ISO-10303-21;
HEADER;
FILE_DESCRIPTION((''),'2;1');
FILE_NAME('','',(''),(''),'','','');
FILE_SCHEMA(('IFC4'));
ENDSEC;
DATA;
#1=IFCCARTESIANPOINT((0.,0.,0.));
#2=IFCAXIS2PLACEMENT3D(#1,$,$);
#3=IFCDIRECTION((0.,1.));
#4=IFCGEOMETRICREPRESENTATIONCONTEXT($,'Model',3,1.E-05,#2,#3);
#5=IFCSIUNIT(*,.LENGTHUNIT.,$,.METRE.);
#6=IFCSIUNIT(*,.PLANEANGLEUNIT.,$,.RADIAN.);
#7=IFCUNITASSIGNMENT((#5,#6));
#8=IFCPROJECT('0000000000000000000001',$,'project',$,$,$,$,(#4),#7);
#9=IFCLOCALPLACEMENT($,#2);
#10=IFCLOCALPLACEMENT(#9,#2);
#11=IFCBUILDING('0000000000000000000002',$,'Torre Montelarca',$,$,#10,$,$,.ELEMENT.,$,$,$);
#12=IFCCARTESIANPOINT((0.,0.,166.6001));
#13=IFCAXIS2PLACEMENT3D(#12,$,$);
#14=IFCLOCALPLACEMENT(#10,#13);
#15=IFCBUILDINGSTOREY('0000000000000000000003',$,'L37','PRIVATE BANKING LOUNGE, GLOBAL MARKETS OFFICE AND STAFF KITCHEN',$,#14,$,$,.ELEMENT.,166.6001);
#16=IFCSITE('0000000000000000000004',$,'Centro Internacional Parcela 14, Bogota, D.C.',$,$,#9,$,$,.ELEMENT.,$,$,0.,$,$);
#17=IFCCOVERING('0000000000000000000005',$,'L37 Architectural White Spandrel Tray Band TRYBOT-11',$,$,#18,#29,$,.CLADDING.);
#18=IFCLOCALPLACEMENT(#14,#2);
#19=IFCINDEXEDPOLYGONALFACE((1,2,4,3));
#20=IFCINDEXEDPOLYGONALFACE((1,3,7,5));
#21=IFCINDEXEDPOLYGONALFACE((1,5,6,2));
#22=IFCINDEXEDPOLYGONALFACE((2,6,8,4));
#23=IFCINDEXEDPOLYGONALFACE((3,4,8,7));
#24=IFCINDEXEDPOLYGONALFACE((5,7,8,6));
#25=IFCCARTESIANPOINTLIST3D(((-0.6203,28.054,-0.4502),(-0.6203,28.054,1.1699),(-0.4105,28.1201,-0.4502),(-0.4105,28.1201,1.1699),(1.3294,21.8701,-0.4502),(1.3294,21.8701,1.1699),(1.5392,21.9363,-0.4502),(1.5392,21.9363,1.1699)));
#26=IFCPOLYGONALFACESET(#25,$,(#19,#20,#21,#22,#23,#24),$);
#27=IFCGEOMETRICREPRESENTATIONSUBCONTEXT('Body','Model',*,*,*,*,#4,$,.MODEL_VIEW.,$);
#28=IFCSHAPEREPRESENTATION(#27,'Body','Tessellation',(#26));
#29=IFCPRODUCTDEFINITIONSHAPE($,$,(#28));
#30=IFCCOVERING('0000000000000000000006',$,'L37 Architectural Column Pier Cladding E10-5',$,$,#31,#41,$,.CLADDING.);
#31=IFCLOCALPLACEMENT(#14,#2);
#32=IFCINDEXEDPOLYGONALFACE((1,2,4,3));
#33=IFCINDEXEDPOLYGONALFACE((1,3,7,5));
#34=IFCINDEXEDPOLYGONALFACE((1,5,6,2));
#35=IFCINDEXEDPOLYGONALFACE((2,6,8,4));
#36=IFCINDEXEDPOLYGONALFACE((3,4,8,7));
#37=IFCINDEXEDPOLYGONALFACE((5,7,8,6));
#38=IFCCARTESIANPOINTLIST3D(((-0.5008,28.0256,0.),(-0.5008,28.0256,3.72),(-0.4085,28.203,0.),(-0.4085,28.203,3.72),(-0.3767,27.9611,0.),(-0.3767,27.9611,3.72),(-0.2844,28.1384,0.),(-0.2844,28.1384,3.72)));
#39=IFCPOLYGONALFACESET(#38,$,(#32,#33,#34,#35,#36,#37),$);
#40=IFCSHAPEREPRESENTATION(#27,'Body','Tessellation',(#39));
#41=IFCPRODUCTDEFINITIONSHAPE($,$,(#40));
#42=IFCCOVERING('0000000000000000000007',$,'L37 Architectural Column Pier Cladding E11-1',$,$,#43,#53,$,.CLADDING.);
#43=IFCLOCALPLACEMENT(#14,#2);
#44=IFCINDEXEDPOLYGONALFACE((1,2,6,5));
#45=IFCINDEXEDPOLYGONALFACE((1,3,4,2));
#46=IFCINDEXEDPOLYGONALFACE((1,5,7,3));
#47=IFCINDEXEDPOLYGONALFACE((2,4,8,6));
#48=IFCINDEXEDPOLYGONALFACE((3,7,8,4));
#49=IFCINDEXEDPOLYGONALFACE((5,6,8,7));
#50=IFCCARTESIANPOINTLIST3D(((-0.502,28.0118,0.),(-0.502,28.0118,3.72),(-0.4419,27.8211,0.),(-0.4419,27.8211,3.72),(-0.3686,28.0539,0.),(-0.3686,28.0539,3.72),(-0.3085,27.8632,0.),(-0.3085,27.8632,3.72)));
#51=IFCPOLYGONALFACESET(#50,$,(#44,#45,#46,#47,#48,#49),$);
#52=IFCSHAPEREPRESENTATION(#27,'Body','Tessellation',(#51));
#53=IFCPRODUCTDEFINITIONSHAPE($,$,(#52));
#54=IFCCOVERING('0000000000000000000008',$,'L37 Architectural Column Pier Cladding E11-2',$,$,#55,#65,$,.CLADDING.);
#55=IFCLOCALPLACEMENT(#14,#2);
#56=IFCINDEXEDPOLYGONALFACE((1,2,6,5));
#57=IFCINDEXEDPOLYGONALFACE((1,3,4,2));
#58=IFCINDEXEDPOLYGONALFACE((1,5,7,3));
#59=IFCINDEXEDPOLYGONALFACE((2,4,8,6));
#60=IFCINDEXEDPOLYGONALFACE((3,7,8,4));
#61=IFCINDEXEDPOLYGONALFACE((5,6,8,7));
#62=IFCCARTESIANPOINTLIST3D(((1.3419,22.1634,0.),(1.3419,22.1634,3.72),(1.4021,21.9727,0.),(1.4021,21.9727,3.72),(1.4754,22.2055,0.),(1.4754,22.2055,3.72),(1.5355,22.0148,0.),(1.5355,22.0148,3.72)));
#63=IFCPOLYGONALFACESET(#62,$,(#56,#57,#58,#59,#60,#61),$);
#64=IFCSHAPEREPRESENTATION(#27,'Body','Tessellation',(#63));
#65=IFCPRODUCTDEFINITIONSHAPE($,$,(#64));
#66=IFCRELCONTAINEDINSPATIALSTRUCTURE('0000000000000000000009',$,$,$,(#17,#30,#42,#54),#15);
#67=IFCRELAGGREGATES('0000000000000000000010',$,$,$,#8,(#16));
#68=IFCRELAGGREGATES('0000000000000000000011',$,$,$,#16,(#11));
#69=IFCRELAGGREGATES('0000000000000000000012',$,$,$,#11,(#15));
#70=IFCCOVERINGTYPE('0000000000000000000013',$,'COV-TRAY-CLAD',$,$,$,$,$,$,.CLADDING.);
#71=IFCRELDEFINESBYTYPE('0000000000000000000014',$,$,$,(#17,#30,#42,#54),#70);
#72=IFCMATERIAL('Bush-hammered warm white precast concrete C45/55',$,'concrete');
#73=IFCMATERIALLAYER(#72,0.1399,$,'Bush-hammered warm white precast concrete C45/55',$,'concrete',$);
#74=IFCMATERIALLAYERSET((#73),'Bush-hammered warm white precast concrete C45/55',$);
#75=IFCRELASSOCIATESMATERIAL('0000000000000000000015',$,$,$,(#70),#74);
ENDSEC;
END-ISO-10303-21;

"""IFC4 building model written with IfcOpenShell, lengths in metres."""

from ifc_helpers import new_model, si_unit, direction, frame, origin, origin_2d, place, context, subcontext, project, spatial, rectangle, extrude, source, transform, mapped, material, layer, layer_set, type_object, element, save


model = new_model("IFC4")

# Units and contexts
model_context = context("Model", 3, precision=1e-05, world=origin(), true_north=direction((0.0, 1.0)))
body_context = subcontext(model_context, "Body", "Model", "MODEL_VIEW")
ifc_project = project(units=[si_unit("LENGTHUNIT", "METRE"), si_unit("PLANEANGLEUNIT", "RADIAN")], contexts=[model_context])

# Site, building, storey
site_placement = place(None, origin())
site = spatial("IfcSite", under=ifc_project, at=site_placement, Name="Centro Internacional Parcela 14, Bogota, D.C.", CompositionType="ELEMENT", RefElevation=0.0)
building_placement = place(site_placement, origin())
building = spatial("IfcBuilding", under=site, at=building_placement, Name="Torre Montelarca", CompositionType="ELEMENT")
storey_placement = place(building_placement, frame((0.0, 0.0, 166.6001)))
storey = spatial("IfcBuildingStorey", under=building, at=storey_placement, Name="L37", Description="PRIVATE BANKING LOUNGE, GLOBAL MARKETS OFFICE AND STAFF KITCHEN", CompositionType="ELEMENT", Elevation=166.6001)

# Coverings
ifc_material_1 = material(Name="Bush-hammered warm white precast concrete C45/55", Category="concrete")
ifc_layer_1 = layer(ifc_material_1, 0.1399, Name="Bush-hammered warm white precast concrete C45/55", Category="concrete")
ifc_layer_set_1 = layer_set([ifc_layer_1], Name="Bush-hammered warm white precast concrete C45/55")
covering_type = type_object("IfcCoveringType", Name="COV-TRAY-CLAD", PredefinedType="CLADDING", material=ifc_layer_set_1)
shared_shape_1 = source(origin(), body_context, "Body", "SweptSolid", [
    extrude(rectangle(XDim=6.4839, YDim=0.22, at=origin_2d()), origin(), (0.0, 0.0, 1.0), 1.6201),
])
covering_placement = place(storey_placement, frame((0.4595, 24.9951, -0.4502), z_axis=(0.0, 0.0, 1.0), x_axis=(0.300696, -0.95372, 0.0)))
element("IfcCovering", 1, at=covering_placement, inside=storey, type_object=covering_type, Name="L37 Architectural White Spandrel Tray Band TRYBOT-11", PredefinedType="CLADDING", context=body_context, shape_type="MappedRepresentation", body=[
    mapped(shared_shape_1, transform((0.0, 0.0, 0.0), scale=1.0)),
])
shared_shape_2 = source(origin(), body_context, "Body", "SweptSolid", [
    extrude(rectangle(XDim=0.2, YDim=0.1399, at=origin_2d()), origin(), (0.0, 0.0, 1.0), 3.72),
])
for number, where, z_axis, x_axis, name in (
    (2, (-0.3926, 28.082, 0.0), (0.0, 0.0, 1.0), (-0.461746, -0.887012, 0.0), "L37 Architectural Column Pier Cladding E10-5"),
    (3, (-0.4053, 27.9375, 0.0), (0.0, 0.0, 1.0), (0.300691, -0.953722, 0.0), "L37 Architectural Column Pier Cladding E11-1"),
    (4, (1.4387, 22.0891, 0.0), (0.0, 0.0, 1.0), (0.300691, -0.953722, 0.0), "L37 Architectural Column Pier Cladding E11-2"),
):
    element("IfcCovering", number, at=place(storey_placement, frame(where, z_axis=z_axis, x_axis=x_axis)), inside=storey, type_object=covering_type, Name=name, PredefinedType="CLADDING", context=body_context, shape_type="MappedRepresentation", body=[
        mapped(shared_shape_2, transform((0.0, 0.0, 0.0), scale=1.0)),
    ])

save(model, "model.ifc")
